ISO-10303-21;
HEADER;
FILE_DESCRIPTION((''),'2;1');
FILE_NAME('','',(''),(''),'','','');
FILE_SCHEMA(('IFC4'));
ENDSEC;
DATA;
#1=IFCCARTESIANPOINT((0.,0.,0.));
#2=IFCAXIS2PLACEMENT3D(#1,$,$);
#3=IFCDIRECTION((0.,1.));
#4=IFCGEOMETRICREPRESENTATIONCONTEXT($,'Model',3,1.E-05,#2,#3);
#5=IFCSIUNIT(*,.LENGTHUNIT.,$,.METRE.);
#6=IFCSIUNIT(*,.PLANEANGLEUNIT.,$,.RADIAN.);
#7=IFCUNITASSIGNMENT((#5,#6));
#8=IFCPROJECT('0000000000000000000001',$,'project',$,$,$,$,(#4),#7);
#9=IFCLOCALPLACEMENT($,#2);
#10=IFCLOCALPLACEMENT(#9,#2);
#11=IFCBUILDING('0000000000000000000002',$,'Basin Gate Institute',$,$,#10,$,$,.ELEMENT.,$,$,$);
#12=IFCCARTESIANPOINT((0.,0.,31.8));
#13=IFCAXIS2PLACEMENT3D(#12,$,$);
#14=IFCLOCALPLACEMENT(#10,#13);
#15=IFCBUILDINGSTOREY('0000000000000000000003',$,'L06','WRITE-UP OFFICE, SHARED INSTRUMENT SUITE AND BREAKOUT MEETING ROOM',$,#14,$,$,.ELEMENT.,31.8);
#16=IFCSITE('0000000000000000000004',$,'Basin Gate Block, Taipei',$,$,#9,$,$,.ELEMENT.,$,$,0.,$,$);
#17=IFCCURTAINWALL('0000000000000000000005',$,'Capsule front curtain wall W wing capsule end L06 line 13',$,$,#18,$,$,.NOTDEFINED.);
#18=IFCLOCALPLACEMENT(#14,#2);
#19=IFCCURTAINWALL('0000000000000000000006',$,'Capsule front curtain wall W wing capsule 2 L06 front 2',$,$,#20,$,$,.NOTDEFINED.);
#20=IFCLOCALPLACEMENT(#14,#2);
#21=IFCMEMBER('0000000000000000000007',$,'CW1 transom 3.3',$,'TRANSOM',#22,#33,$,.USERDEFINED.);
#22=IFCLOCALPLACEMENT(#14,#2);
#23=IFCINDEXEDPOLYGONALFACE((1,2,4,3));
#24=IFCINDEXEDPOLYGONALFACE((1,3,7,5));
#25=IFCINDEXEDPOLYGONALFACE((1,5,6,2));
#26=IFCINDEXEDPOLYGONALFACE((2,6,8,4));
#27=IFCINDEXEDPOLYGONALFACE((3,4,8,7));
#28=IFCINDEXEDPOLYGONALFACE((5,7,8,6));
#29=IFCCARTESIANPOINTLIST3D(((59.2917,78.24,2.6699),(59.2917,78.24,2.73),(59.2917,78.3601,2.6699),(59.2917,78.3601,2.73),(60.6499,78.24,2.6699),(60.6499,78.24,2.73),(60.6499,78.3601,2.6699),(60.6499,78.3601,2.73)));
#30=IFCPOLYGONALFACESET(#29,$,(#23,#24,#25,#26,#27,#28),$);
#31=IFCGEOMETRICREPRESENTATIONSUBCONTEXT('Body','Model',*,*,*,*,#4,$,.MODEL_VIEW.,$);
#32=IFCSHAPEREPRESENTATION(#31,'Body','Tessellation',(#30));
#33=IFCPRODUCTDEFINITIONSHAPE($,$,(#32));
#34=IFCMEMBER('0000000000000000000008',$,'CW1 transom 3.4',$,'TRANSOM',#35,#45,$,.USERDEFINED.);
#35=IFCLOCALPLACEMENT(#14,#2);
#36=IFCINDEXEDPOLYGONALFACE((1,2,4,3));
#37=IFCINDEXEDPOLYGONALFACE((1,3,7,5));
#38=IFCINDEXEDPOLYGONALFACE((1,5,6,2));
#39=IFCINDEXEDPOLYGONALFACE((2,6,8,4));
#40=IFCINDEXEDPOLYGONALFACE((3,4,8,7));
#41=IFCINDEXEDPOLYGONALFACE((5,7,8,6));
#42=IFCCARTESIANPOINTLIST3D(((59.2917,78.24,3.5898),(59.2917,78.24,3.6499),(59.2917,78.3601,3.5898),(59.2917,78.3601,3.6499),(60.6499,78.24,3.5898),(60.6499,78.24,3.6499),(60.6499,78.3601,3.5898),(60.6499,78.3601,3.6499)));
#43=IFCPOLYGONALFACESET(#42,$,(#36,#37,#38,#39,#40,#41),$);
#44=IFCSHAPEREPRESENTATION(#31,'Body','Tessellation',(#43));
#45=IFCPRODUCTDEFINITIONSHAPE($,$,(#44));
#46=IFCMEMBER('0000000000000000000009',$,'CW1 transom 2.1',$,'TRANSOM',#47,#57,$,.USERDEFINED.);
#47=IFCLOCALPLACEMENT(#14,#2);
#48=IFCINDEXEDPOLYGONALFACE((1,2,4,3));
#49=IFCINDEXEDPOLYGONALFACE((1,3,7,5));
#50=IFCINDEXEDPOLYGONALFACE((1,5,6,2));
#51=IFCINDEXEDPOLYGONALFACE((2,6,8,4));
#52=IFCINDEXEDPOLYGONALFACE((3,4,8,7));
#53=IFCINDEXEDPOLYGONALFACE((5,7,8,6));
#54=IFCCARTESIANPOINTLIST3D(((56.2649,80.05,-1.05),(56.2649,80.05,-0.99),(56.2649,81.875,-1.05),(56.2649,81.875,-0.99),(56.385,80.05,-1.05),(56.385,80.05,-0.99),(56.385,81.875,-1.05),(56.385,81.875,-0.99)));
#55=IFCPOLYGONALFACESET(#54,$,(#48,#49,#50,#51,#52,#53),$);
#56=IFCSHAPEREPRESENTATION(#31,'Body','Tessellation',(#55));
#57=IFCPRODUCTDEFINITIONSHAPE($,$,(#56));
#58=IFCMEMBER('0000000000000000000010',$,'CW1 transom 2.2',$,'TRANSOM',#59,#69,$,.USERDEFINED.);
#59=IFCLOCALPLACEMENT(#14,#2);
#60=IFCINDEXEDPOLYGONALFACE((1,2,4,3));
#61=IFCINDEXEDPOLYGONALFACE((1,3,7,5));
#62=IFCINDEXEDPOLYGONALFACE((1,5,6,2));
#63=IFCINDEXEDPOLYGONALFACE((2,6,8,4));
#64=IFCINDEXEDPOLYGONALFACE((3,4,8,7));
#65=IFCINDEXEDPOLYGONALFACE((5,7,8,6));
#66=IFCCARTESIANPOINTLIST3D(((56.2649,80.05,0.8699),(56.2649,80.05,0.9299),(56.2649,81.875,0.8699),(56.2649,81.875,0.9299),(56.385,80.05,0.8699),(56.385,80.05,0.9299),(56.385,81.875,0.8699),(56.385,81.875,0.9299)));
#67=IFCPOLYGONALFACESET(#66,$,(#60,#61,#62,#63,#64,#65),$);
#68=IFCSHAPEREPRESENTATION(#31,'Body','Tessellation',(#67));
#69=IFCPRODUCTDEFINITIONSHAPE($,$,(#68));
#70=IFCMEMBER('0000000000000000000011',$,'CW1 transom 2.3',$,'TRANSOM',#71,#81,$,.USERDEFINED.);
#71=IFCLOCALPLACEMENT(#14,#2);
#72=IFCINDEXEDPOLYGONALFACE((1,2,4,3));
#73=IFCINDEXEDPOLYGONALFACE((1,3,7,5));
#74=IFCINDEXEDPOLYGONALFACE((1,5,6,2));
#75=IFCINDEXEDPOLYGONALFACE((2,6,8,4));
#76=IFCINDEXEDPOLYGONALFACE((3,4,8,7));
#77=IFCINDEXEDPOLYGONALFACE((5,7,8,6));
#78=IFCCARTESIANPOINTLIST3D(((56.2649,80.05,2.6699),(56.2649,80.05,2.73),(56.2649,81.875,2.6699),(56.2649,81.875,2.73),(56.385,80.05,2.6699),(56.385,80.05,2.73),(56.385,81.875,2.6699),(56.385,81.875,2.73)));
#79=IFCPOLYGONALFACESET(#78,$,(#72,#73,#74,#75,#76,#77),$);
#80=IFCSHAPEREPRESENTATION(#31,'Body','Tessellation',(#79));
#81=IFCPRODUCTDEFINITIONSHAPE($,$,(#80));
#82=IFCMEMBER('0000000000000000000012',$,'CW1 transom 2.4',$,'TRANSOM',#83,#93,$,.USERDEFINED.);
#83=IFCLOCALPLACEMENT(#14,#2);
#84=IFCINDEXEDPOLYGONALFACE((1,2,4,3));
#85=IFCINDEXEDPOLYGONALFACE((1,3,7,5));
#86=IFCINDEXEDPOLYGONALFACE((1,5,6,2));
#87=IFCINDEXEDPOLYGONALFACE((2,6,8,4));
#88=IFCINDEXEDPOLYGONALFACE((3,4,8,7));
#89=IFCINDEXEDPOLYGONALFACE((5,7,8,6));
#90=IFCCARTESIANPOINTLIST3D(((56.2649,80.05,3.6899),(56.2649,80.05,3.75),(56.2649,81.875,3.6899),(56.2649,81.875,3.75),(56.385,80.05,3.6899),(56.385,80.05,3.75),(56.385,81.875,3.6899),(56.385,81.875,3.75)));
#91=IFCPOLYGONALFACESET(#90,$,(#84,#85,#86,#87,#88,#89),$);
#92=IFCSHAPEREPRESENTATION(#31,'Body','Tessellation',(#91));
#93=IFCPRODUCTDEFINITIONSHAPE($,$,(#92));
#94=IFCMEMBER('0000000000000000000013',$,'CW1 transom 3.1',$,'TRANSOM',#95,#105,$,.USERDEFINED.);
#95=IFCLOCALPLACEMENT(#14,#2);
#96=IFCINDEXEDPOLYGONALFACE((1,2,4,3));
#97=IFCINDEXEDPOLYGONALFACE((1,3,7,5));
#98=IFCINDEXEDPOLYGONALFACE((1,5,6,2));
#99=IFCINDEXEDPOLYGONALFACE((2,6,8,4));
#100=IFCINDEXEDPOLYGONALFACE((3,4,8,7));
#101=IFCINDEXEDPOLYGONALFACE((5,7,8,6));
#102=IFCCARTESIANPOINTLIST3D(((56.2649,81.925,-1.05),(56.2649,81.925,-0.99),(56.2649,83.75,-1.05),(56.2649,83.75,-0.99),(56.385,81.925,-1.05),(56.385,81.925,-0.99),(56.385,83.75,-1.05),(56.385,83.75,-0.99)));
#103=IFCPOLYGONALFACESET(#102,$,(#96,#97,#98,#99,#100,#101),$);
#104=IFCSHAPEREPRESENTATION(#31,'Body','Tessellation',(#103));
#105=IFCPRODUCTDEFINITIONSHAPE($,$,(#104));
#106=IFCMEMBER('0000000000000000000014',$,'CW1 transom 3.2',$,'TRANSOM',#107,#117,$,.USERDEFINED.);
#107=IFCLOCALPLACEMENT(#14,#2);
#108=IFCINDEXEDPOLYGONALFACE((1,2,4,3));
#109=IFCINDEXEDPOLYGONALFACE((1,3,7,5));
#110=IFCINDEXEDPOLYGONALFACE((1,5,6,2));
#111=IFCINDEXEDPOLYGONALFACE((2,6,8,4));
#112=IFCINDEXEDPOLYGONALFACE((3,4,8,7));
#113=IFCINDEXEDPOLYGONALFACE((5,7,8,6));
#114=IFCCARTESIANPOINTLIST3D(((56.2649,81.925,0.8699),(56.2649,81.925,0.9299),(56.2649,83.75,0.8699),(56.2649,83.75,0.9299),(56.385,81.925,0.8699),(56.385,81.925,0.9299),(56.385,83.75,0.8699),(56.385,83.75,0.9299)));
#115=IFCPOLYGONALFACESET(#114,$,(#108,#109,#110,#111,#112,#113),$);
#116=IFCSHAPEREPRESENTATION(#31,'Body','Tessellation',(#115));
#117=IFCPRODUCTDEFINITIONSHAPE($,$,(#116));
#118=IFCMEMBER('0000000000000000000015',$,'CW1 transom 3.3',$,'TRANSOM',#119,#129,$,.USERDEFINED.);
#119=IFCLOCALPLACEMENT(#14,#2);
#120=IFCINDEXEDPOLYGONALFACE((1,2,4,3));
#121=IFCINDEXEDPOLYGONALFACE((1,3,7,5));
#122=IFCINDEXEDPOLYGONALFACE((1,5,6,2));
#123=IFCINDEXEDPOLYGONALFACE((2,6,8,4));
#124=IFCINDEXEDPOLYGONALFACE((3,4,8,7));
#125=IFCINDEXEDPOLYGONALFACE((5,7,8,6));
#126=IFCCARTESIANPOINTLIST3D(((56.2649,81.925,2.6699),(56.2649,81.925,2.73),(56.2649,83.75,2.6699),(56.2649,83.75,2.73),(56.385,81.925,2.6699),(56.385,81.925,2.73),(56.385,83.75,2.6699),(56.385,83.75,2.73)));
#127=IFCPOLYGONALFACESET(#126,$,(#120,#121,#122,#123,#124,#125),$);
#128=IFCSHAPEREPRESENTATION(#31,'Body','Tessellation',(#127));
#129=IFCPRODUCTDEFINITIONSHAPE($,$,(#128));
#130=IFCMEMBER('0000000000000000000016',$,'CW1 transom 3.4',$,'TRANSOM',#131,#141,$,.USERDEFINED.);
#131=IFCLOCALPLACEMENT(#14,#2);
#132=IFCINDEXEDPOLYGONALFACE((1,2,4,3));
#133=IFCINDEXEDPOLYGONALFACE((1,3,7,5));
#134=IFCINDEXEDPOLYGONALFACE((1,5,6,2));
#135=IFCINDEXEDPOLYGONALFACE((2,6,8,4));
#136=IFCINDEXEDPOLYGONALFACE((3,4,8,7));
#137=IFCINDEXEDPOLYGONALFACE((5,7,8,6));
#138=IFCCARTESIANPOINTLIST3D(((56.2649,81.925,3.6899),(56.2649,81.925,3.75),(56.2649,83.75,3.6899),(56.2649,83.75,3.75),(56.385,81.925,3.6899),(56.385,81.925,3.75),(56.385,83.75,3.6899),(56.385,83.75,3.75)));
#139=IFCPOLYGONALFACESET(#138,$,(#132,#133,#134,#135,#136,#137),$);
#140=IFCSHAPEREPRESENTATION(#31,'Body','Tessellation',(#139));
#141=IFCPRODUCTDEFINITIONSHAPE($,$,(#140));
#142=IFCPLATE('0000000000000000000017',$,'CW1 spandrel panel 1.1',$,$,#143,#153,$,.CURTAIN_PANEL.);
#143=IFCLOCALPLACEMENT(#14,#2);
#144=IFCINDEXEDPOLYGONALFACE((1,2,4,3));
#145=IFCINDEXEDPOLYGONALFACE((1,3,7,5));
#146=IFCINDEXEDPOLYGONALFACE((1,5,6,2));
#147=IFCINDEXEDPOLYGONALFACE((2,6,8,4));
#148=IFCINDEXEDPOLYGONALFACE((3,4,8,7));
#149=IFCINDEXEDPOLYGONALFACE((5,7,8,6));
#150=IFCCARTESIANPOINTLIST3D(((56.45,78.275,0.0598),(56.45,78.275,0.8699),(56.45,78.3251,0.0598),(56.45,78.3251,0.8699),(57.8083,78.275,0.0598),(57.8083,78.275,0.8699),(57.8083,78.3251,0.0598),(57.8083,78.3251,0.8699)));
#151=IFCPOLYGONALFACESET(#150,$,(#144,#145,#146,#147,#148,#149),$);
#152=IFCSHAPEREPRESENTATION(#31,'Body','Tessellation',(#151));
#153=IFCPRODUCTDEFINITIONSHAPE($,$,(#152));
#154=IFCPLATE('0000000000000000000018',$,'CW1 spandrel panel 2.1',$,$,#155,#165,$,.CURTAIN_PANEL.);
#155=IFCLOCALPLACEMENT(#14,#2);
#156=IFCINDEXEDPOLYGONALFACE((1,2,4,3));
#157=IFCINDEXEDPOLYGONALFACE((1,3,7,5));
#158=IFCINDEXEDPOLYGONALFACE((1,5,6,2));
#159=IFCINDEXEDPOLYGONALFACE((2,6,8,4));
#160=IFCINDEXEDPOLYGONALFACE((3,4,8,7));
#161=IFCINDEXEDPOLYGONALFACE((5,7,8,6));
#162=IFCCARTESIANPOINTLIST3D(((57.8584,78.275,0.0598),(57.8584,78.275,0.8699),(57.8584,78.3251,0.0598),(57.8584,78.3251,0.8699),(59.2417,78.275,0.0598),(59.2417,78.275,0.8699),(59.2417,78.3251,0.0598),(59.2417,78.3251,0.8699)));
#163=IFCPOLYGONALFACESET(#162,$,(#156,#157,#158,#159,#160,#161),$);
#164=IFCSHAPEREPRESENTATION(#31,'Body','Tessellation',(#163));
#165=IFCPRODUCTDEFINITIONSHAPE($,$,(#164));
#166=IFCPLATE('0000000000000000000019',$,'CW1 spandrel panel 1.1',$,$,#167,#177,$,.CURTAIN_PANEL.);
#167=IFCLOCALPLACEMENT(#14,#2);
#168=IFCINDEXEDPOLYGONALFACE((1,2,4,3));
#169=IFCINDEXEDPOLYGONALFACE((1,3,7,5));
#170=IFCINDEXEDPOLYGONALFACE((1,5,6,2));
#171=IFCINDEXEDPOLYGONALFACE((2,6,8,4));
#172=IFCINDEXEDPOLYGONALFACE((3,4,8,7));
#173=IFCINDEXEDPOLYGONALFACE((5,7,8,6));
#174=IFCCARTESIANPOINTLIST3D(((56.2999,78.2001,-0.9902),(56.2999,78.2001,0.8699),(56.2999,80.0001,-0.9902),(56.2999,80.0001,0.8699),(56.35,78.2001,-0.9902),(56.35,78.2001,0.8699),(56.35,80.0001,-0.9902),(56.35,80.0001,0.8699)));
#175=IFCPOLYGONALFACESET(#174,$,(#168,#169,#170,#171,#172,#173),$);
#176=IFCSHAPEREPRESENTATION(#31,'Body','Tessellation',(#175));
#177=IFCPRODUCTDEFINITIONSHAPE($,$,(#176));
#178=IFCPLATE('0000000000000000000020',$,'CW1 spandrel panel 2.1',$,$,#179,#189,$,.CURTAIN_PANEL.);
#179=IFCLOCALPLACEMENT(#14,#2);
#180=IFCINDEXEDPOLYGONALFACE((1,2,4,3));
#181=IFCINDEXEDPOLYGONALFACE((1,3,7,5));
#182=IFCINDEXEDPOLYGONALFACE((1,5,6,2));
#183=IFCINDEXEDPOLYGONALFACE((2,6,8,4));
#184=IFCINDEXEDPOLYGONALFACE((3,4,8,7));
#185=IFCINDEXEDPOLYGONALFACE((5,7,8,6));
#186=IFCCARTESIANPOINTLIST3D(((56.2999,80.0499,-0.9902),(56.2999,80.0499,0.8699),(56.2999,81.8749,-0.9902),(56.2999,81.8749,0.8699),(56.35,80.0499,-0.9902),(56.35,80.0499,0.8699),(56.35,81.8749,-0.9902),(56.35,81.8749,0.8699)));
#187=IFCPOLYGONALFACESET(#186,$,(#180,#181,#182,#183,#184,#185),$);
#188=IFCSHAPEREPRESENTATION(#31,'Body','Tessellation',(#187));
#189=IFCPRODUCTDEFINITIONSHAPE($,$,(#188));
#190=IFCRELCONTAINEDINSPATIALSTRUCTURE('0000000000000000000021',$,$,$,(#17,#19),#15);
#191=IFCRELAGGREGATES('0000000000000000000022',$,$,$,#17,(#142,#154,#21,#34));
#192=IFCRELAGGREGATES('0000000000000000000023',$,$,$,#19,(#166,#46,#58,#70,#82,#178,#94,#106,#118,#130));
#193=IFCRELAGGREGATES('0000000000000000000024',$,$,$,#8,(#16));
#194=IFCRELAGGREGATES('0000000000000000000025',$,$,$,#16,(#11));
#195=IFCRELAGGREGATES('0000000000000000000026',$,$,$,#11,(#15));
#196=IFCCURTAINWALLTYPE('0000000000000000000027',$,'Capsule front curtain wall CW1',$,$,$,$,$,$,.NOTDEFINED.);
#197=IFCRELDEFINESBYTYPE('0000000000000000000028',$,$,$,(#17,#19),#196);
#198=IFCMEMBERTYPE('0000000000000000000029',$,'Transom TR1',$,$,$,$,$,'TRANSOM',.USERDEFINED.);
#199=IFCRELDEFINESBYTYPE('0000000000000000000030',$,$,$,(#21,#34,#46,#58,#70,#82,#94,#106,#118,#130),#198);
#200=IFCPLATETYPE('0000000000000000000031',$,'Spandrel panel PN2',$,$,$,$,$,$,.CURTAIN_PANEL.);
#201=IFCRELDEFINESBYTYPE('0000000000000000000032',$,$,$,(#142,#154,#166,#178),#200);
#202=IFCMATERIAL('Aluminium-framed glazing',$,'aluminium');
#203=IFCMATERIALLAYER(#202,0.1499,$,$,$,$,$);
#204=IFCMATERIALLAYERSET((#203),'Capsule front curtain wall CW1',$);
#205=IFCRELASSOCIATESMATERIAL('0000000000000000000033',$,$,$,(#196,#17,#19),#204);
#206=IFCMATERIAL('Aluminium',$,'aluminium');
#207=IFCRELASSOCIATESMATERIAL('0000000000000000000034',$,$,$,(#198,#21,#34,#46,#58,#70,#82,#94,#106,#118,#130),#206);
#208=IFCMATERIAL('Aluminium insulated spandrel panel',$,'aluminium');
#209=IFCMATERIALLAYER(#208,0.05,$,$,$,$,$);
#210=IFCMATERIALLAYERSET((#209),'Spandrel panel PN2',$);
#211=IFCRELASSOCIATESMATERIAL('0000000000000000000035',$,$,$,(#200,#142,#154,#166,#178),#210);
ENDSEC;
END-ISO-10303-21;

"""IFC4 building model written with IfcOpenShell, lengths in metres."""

from ifc_helpers import new_model, si_unit, direction, frame, origin, origin_2d, place, context, subcontext, project, spatial, rectangle, extrude, material, layer, layer_set, material_profile, profile_set, type_object, element, aggregate, save


model = new_model("IFC4")

# Units and contexts
model_context = context("Model", 3, precision=1e-05, world=origin(), true_north=direction((0.0, 1.0)))
body_context = subcontext(model_context, "Body", "Model", "MODEL_VIEW")
ifc_project = project(units=[si_unit("LENGTHUNIT", "METRE"), si_unit("PLANEANGLEUNIT", "RADIAN")], contexts=[model_context])

# Site, building, storey
site_placement = place(None, origin())
site = spatial("IfcSite", under=ifc_project, at=site_placement, Name="Basin Gate Block, Taipei", CompositionType="ELEMENT", RefElevation=0.0)
building_placement = place(site_placement, origin())
building = spatial("IfcBuilding", under=site, at=building_placement, Name="Basin Gate Institute", CompositionType="ELEMENT")
storey_placement = place(building_placement, frame((0.0, 0.0, 31.8)))
storey = spatial("IfcBuildingStorey", under=building, at=storey_placement, Name="L06", Description="WRITE-UP OFFICE, SHARED INSTRUMENT SUITE AND BREAKOUT MEETING ROOM", CompositionType="ELEMENT", Elevation=31.8)

# Curtain walls
ifc_material_1 = material(Name="Aluminium-framed glazing", Category="aluminium")
ifc_layer_1 = layer(ifc_material_1, 0.1499)
ifc_layer_set_1 = layer_set([ifc_layer_1], Name="Capsule front curtain wall CW1")
curtain_wall_type = type_object("IfcCurtainWallType", Name="Capsule front curtain wall CW1", PredefinedType="NOTDEFINED", material=ifc_layer_set_1)
curtain_wall_1_placement = place(storey_placement, origin())
curtain_wall_1 = element("IfcCurtainWall", 1, at=curtain_wall_1_placement, inside=storey, type_object=curtain_wall_type, material=ifc_layer_set_1, Name="Capsule front curtain wall W wing capsule end L06 line 13", PredefinedType="NOTDEFINED")
curtain_wall_2_placement = place(storey_placement, origin())
curtain_wall_2 = element("IfcCurtainWall", 2, at=curtain_wall_2_placement, inside=storey, type_object=curtain_wall_type, material=ifc_layer_set_1, Name="Capsule front curtain wall W wing capsule 2 L06 front 2", PredefinedType="NOTDEFINED")

# Members
ifc_material_2 = material(Name="Aluminium", Category="aluminium")
ifc_material_profile_1 = material_profile(ifc_material_2, rectangle(XDim=0.1201, YDim=0.0601, at=origin_2d()), Name="Transom TR1 120 x 60")
ifc_profile_set_1 = profile_set([ifc_material_profile_1], Name="Aluminium")
member_type_1 = type_object("IfcMemberType", Name="Transom TR1", ElementType="TRANSOM", PredefinedType="USERDEFINED", material=ifc_profile_set_1)
member_1_placement = place(storey_placement, frame((59.2917, 78.3, 2.7), z_axis=(1.0, 0.0, 0.0), x_axis=(0.0, 1.0, 0.0)))
member_1 = element("IfcMember", 3, at=member_1_placement, type_object=member_type_1, material=ifc_profile_set_1, Name="CW1 transom 3.3", ObjectType="TRANSOM", PredefinedType="USERDEFINED", context=body_context, shape_type="SweptSolid", body=[
    extrude(rectangle(XDim=0.1201, YDim=0.0601, at=origin_2d()), origin(), (0.0, 0.0, 1.0), 1.3582),
])
member_2_placement = place(storey_placement, frame((59.2917, 78.3, 3.6199), z_axis=(1.0, 0.0, 0.0), x_axis=(0.0, 1.0, 0.0)))
member_2 = element("IfcMember", 4, at=member_2_placement, type_object=member_type_1, material=ifc_profile_set_1, Name="CW1 transom 3.4", ObjectType="TRANSOM", PredefinedType="USERDEFINED", context=body_context, shape_type="SweptSolid", body=[
    extrude(rectangle(XDim=0.1201, YDim=0.0601, at=origin_2d()), origin(), (0.0, 0.0, 1.0), 1.3582),
])
member_3_placement = place(storey_placement, frame((56.325, 80.05, -1.02), z_axis=(0.0, 1.0, 0.0), x_axis=(-1.0, 0.0, 0.0)))
member_3 = element("IfcMember", 5, at=member_3_placement, type_object=member_type_1, material=ifc_profile_set_1, Name="CW1 transom 2.1", ObjectType="TRANSOM", PredefinedType="USERDEFINED", context=body_context, shape_type="SweptSolid", body=[
    extrude(rectangle(XDim=0.1201, YDim=0.0601, at=origin_2d()), origin(), (0.0, 0.0, 1.0), 1.825),
])
member_4_placement = place(storey_placement, frame((56.325, 80.05, 0.8999), z_axis=(0.0, 1.0, 0.0), x_axis=(-1.0, 0.0, 0.0)))
member_4 = element("IfcMember", 6, at=member_4_placement, type_object=member_type_1, material=ifc_profile_set_1, Name="CW1 transom 2.2", ObjectType="TRANSOM", PredefinedType="USERDEFINED", context=body_context, shape_type="SweptSolid", body=[
    extrude(rectangle(XDim=0.1201, YDim=0.0601, at=origin_2d()), origin(), (0.0, 0.0, 1.0), 1.825),
])
member_5_placement = place(storey_placement, frame((56.325, 80.05, 2.7), z_axis=(0.0, 1.0, 0.0), x_axis=(-1.0, 0.0, 0.0)))
member_5 = element("IfcMember", 7, at=member_5_placement, type_object=member_type_1, material=ifc_profile_set_1, Name="CW1 transom 2.3", ObjectType="TRANSOM", PredefinedType="USERDEFINED", context=body_context, shape_type="SweptSolid", body=[
    extrude(rectangle(XDim=0.1201, YDim=0.0601, at=origin_2d()), origin(), (0.0, 0.0, 1.0), 1.825),
])
member_6_placement = place(storey_placement, frame((56.325, 80.05, 3.72), z_axis=(0.0, 1.0, 0.0), x_axis=(-1.0, 0.0, 0.0)))
member_6 = element("IfcMember", 8, at=member_6_placement, type_object=member_type_1, material=ifc_profile_set_1, Name="CW1 transom 2.4", ObjectType="TRANSOM", PredefinedType="USERDEFINED", context=body_context, shape_type="SweptSolid", body=[
    extrude(rectangle(XDim=0.1201, YDim=0.0601, at=origin_2d()), origin(), (0.0, 0.0, 1.0), 1.825),
])
member_7_placement = place(storey_placement, frame((56.325, 81.925, -1.02), z_axis=(0.0, 1.0, 0.0), x_axis=(-1.0, 0.0, 0.0)))
member_7 = element("IfcMember", 9, at=member_7_placement, type_object=member_type_1, material=ifc_profile_set_1, Name="CW1 transom 3.1", ObjectType="TRANSOM", PredefinedType="USERDEFINED", context=body_context, shape_type="SweptSolid", body=[
    extrude(rectangle(XDim=0.1201, YDim=0.0601, at=origin_2d()), origin(), (0.0, 0.0, 1.0), 1.825),
])
member_8_placement = place(storey_placement, frame((56.325, 81.925, 0.8999), z_axis=(0.0, 1.0, 0.0), x_axis=(-1.0, 0.0, 0.0)))
member_8 = element("IfcMember", 10, at=member_8_placement, type_object=member_type_1, material=ifc_profile_set_1, Name="CW1 transom 3.2", ObjectType="TRANSOM", PredefinedType="USERDEFINED", context=body_context, shape_type="SweptSolid", body=[
    extrude(rectangle(XDim=0.1201, YDim=0.0601, at=origin_2d()), origin(), (0.0, 0.0, 1.0), 1.825),
])
member_9_placement = place(storey_placement, frame((56.325, 81.925, 2.7), z_axis=(0.0, 1.0, 0.0), x_axis=(-1.0, 0.0, 0.0)))
member_9 = element("IfcMember", 11, at=member_9_placement, type_object=member_type_1, material=ifc_profile_set_1, Name="CW1 transom 3.3", ObjectType="TRANSOM", PredefinedType="USERDEFINED", context=body_context, shape_type="SweptSolid", body=[
    extrude(rectangle(XDim=0.1201, YDim=0.0601, at=origin_2d()), origin(), (0.0, 0.0, 1.0), 1.825),
])
member_10_placement = place(storey_placement, frame((56.325, 81.925, 3.72), z_axis=(0.0, 1.0, 0.0), x_axis=(-1.0, 0.0, 0.0)))
member_10 = element("IfcMember", 12, at=member_10_placement, type_object=member_type_1, material=ifc_profile_set_1, Name="CW1 transom 3.4", ObjectType="TRANSOM", PredefinedType="USERDEFINED", context=body_context, shape_type="SweptSolid", body=[
    extrude(rectangle(XDim=0.1201, YDim=0.0601, at=origin_2d()), origin(), (0.0, 0.0, 1.0), 1.825),
])

# Plates
ifc_material_3 = material(Name="Aluminium insulated spandrel panel", Category="aluminium")
ifc_layer_2 = layer(ifc_material_3, 0.05)
ifc_layer_set_2 = layer_set([ifc_layer_2], Name="Spandrel panel PN2")
plate_type_1 = type_object("IfcPlateType", Name="Spandrel panel PN2", PredefinedType="CURTAIN_PANEL", material=ifc_layer_set_2)
plate_1_placement = place(storey_placement, frame((57.1292, 78.3, 0.0598), z_axis=(0.0, 0.0, 1.0), x_axis=(1.0, 0.0, 0.0)))
plate_1 = element("IfcPlate", 13, at=plate_1_placement, type_object=plate_type_1, material=ifc_layer_set_2, Name="CW1 spandrel panel 1.1", PredefinedType="CURTAIN_PANEL", context=body_context, shape_type="SweptSolid", body=[
    extrude(rectangle(XDim=1.3584, YDim=0.05, at=origin_2d()), origin(), (0.0, 0.0, 1.0), 0.8101),
])
plate_2_placement = place(storey_placement, frame((58.55, 78.3, 0.0598), z_axis=(0.0, 0.0, 1.0), x_axis=(1.0, 0.0, 0.0)))
plate_2 = element("IfcPlate", 14, at=plate_2_placement, type_object=plate_type_1, material=ifc_layer_set_2, Name="CW1 spandrel panel 2.1", PredefinedType="CURTAIN_PANEL", context=body_context, shape_type="SweptSolid", body=[
    extrude(rectangle(XDim=1.3833, YDim=0.05, at=origin_2d()), origin(), (0.0, 0.0, 1.0), 0.8101),
])
plate_3_placement = place(storey_placement, frame((56.325, 79.1001, -0.9902), z_axis=(0.0, 0.0, 1.0), x_axis=(0.0, 1.0, 0.0)))
plate_3 = element("IfcPlate", 15, at=plate_3_placement, type_object=plate_type_1, material=ifc_layer_set_2, Name="CW1 spandrel panel 1.1", PredefinedType="CURTAIN_PANEL", context=body_context, shape_type="SweptSolid", body=[
    extrude(rectangle(XDim=1.8, YDim=0.05, at=origin_2d()), origin(), (0.0, 0.0, 1.0), 1.8601),
])
plate_4_placement = place(storey_placement, frame((56.325, 80.9624, -0.9902), z_axis=(0.0, 0.0, 1.0), x_axis=(0.0, 1.0, 0.0)))
plate_4 = element("IfcPlate", 16, at=plate_4_placement, type_object=plate_type_1, material=ifc_layer_set_2, Name="CW1 spandrel panel 2.1", PredefinedType="CURTAIN_PANEL", context=body_context, shape_type="SweptSolid", body=[
    extrude(rectangle(XDim=1.825, YDim=0.05, at=origin_2d()), origin(), (0.0, 0.0, 1.0), 1.8601),
])
aggregate(curtain_wall_1, [plate_1, plate_2, member_1, member_2])
aggregate(curtain_wall_2, [plate_3, member_3, member_4, member_5, member_6, plate_4, member_7, member_8, member_9, member_10])

save(model, "model.ifc")
